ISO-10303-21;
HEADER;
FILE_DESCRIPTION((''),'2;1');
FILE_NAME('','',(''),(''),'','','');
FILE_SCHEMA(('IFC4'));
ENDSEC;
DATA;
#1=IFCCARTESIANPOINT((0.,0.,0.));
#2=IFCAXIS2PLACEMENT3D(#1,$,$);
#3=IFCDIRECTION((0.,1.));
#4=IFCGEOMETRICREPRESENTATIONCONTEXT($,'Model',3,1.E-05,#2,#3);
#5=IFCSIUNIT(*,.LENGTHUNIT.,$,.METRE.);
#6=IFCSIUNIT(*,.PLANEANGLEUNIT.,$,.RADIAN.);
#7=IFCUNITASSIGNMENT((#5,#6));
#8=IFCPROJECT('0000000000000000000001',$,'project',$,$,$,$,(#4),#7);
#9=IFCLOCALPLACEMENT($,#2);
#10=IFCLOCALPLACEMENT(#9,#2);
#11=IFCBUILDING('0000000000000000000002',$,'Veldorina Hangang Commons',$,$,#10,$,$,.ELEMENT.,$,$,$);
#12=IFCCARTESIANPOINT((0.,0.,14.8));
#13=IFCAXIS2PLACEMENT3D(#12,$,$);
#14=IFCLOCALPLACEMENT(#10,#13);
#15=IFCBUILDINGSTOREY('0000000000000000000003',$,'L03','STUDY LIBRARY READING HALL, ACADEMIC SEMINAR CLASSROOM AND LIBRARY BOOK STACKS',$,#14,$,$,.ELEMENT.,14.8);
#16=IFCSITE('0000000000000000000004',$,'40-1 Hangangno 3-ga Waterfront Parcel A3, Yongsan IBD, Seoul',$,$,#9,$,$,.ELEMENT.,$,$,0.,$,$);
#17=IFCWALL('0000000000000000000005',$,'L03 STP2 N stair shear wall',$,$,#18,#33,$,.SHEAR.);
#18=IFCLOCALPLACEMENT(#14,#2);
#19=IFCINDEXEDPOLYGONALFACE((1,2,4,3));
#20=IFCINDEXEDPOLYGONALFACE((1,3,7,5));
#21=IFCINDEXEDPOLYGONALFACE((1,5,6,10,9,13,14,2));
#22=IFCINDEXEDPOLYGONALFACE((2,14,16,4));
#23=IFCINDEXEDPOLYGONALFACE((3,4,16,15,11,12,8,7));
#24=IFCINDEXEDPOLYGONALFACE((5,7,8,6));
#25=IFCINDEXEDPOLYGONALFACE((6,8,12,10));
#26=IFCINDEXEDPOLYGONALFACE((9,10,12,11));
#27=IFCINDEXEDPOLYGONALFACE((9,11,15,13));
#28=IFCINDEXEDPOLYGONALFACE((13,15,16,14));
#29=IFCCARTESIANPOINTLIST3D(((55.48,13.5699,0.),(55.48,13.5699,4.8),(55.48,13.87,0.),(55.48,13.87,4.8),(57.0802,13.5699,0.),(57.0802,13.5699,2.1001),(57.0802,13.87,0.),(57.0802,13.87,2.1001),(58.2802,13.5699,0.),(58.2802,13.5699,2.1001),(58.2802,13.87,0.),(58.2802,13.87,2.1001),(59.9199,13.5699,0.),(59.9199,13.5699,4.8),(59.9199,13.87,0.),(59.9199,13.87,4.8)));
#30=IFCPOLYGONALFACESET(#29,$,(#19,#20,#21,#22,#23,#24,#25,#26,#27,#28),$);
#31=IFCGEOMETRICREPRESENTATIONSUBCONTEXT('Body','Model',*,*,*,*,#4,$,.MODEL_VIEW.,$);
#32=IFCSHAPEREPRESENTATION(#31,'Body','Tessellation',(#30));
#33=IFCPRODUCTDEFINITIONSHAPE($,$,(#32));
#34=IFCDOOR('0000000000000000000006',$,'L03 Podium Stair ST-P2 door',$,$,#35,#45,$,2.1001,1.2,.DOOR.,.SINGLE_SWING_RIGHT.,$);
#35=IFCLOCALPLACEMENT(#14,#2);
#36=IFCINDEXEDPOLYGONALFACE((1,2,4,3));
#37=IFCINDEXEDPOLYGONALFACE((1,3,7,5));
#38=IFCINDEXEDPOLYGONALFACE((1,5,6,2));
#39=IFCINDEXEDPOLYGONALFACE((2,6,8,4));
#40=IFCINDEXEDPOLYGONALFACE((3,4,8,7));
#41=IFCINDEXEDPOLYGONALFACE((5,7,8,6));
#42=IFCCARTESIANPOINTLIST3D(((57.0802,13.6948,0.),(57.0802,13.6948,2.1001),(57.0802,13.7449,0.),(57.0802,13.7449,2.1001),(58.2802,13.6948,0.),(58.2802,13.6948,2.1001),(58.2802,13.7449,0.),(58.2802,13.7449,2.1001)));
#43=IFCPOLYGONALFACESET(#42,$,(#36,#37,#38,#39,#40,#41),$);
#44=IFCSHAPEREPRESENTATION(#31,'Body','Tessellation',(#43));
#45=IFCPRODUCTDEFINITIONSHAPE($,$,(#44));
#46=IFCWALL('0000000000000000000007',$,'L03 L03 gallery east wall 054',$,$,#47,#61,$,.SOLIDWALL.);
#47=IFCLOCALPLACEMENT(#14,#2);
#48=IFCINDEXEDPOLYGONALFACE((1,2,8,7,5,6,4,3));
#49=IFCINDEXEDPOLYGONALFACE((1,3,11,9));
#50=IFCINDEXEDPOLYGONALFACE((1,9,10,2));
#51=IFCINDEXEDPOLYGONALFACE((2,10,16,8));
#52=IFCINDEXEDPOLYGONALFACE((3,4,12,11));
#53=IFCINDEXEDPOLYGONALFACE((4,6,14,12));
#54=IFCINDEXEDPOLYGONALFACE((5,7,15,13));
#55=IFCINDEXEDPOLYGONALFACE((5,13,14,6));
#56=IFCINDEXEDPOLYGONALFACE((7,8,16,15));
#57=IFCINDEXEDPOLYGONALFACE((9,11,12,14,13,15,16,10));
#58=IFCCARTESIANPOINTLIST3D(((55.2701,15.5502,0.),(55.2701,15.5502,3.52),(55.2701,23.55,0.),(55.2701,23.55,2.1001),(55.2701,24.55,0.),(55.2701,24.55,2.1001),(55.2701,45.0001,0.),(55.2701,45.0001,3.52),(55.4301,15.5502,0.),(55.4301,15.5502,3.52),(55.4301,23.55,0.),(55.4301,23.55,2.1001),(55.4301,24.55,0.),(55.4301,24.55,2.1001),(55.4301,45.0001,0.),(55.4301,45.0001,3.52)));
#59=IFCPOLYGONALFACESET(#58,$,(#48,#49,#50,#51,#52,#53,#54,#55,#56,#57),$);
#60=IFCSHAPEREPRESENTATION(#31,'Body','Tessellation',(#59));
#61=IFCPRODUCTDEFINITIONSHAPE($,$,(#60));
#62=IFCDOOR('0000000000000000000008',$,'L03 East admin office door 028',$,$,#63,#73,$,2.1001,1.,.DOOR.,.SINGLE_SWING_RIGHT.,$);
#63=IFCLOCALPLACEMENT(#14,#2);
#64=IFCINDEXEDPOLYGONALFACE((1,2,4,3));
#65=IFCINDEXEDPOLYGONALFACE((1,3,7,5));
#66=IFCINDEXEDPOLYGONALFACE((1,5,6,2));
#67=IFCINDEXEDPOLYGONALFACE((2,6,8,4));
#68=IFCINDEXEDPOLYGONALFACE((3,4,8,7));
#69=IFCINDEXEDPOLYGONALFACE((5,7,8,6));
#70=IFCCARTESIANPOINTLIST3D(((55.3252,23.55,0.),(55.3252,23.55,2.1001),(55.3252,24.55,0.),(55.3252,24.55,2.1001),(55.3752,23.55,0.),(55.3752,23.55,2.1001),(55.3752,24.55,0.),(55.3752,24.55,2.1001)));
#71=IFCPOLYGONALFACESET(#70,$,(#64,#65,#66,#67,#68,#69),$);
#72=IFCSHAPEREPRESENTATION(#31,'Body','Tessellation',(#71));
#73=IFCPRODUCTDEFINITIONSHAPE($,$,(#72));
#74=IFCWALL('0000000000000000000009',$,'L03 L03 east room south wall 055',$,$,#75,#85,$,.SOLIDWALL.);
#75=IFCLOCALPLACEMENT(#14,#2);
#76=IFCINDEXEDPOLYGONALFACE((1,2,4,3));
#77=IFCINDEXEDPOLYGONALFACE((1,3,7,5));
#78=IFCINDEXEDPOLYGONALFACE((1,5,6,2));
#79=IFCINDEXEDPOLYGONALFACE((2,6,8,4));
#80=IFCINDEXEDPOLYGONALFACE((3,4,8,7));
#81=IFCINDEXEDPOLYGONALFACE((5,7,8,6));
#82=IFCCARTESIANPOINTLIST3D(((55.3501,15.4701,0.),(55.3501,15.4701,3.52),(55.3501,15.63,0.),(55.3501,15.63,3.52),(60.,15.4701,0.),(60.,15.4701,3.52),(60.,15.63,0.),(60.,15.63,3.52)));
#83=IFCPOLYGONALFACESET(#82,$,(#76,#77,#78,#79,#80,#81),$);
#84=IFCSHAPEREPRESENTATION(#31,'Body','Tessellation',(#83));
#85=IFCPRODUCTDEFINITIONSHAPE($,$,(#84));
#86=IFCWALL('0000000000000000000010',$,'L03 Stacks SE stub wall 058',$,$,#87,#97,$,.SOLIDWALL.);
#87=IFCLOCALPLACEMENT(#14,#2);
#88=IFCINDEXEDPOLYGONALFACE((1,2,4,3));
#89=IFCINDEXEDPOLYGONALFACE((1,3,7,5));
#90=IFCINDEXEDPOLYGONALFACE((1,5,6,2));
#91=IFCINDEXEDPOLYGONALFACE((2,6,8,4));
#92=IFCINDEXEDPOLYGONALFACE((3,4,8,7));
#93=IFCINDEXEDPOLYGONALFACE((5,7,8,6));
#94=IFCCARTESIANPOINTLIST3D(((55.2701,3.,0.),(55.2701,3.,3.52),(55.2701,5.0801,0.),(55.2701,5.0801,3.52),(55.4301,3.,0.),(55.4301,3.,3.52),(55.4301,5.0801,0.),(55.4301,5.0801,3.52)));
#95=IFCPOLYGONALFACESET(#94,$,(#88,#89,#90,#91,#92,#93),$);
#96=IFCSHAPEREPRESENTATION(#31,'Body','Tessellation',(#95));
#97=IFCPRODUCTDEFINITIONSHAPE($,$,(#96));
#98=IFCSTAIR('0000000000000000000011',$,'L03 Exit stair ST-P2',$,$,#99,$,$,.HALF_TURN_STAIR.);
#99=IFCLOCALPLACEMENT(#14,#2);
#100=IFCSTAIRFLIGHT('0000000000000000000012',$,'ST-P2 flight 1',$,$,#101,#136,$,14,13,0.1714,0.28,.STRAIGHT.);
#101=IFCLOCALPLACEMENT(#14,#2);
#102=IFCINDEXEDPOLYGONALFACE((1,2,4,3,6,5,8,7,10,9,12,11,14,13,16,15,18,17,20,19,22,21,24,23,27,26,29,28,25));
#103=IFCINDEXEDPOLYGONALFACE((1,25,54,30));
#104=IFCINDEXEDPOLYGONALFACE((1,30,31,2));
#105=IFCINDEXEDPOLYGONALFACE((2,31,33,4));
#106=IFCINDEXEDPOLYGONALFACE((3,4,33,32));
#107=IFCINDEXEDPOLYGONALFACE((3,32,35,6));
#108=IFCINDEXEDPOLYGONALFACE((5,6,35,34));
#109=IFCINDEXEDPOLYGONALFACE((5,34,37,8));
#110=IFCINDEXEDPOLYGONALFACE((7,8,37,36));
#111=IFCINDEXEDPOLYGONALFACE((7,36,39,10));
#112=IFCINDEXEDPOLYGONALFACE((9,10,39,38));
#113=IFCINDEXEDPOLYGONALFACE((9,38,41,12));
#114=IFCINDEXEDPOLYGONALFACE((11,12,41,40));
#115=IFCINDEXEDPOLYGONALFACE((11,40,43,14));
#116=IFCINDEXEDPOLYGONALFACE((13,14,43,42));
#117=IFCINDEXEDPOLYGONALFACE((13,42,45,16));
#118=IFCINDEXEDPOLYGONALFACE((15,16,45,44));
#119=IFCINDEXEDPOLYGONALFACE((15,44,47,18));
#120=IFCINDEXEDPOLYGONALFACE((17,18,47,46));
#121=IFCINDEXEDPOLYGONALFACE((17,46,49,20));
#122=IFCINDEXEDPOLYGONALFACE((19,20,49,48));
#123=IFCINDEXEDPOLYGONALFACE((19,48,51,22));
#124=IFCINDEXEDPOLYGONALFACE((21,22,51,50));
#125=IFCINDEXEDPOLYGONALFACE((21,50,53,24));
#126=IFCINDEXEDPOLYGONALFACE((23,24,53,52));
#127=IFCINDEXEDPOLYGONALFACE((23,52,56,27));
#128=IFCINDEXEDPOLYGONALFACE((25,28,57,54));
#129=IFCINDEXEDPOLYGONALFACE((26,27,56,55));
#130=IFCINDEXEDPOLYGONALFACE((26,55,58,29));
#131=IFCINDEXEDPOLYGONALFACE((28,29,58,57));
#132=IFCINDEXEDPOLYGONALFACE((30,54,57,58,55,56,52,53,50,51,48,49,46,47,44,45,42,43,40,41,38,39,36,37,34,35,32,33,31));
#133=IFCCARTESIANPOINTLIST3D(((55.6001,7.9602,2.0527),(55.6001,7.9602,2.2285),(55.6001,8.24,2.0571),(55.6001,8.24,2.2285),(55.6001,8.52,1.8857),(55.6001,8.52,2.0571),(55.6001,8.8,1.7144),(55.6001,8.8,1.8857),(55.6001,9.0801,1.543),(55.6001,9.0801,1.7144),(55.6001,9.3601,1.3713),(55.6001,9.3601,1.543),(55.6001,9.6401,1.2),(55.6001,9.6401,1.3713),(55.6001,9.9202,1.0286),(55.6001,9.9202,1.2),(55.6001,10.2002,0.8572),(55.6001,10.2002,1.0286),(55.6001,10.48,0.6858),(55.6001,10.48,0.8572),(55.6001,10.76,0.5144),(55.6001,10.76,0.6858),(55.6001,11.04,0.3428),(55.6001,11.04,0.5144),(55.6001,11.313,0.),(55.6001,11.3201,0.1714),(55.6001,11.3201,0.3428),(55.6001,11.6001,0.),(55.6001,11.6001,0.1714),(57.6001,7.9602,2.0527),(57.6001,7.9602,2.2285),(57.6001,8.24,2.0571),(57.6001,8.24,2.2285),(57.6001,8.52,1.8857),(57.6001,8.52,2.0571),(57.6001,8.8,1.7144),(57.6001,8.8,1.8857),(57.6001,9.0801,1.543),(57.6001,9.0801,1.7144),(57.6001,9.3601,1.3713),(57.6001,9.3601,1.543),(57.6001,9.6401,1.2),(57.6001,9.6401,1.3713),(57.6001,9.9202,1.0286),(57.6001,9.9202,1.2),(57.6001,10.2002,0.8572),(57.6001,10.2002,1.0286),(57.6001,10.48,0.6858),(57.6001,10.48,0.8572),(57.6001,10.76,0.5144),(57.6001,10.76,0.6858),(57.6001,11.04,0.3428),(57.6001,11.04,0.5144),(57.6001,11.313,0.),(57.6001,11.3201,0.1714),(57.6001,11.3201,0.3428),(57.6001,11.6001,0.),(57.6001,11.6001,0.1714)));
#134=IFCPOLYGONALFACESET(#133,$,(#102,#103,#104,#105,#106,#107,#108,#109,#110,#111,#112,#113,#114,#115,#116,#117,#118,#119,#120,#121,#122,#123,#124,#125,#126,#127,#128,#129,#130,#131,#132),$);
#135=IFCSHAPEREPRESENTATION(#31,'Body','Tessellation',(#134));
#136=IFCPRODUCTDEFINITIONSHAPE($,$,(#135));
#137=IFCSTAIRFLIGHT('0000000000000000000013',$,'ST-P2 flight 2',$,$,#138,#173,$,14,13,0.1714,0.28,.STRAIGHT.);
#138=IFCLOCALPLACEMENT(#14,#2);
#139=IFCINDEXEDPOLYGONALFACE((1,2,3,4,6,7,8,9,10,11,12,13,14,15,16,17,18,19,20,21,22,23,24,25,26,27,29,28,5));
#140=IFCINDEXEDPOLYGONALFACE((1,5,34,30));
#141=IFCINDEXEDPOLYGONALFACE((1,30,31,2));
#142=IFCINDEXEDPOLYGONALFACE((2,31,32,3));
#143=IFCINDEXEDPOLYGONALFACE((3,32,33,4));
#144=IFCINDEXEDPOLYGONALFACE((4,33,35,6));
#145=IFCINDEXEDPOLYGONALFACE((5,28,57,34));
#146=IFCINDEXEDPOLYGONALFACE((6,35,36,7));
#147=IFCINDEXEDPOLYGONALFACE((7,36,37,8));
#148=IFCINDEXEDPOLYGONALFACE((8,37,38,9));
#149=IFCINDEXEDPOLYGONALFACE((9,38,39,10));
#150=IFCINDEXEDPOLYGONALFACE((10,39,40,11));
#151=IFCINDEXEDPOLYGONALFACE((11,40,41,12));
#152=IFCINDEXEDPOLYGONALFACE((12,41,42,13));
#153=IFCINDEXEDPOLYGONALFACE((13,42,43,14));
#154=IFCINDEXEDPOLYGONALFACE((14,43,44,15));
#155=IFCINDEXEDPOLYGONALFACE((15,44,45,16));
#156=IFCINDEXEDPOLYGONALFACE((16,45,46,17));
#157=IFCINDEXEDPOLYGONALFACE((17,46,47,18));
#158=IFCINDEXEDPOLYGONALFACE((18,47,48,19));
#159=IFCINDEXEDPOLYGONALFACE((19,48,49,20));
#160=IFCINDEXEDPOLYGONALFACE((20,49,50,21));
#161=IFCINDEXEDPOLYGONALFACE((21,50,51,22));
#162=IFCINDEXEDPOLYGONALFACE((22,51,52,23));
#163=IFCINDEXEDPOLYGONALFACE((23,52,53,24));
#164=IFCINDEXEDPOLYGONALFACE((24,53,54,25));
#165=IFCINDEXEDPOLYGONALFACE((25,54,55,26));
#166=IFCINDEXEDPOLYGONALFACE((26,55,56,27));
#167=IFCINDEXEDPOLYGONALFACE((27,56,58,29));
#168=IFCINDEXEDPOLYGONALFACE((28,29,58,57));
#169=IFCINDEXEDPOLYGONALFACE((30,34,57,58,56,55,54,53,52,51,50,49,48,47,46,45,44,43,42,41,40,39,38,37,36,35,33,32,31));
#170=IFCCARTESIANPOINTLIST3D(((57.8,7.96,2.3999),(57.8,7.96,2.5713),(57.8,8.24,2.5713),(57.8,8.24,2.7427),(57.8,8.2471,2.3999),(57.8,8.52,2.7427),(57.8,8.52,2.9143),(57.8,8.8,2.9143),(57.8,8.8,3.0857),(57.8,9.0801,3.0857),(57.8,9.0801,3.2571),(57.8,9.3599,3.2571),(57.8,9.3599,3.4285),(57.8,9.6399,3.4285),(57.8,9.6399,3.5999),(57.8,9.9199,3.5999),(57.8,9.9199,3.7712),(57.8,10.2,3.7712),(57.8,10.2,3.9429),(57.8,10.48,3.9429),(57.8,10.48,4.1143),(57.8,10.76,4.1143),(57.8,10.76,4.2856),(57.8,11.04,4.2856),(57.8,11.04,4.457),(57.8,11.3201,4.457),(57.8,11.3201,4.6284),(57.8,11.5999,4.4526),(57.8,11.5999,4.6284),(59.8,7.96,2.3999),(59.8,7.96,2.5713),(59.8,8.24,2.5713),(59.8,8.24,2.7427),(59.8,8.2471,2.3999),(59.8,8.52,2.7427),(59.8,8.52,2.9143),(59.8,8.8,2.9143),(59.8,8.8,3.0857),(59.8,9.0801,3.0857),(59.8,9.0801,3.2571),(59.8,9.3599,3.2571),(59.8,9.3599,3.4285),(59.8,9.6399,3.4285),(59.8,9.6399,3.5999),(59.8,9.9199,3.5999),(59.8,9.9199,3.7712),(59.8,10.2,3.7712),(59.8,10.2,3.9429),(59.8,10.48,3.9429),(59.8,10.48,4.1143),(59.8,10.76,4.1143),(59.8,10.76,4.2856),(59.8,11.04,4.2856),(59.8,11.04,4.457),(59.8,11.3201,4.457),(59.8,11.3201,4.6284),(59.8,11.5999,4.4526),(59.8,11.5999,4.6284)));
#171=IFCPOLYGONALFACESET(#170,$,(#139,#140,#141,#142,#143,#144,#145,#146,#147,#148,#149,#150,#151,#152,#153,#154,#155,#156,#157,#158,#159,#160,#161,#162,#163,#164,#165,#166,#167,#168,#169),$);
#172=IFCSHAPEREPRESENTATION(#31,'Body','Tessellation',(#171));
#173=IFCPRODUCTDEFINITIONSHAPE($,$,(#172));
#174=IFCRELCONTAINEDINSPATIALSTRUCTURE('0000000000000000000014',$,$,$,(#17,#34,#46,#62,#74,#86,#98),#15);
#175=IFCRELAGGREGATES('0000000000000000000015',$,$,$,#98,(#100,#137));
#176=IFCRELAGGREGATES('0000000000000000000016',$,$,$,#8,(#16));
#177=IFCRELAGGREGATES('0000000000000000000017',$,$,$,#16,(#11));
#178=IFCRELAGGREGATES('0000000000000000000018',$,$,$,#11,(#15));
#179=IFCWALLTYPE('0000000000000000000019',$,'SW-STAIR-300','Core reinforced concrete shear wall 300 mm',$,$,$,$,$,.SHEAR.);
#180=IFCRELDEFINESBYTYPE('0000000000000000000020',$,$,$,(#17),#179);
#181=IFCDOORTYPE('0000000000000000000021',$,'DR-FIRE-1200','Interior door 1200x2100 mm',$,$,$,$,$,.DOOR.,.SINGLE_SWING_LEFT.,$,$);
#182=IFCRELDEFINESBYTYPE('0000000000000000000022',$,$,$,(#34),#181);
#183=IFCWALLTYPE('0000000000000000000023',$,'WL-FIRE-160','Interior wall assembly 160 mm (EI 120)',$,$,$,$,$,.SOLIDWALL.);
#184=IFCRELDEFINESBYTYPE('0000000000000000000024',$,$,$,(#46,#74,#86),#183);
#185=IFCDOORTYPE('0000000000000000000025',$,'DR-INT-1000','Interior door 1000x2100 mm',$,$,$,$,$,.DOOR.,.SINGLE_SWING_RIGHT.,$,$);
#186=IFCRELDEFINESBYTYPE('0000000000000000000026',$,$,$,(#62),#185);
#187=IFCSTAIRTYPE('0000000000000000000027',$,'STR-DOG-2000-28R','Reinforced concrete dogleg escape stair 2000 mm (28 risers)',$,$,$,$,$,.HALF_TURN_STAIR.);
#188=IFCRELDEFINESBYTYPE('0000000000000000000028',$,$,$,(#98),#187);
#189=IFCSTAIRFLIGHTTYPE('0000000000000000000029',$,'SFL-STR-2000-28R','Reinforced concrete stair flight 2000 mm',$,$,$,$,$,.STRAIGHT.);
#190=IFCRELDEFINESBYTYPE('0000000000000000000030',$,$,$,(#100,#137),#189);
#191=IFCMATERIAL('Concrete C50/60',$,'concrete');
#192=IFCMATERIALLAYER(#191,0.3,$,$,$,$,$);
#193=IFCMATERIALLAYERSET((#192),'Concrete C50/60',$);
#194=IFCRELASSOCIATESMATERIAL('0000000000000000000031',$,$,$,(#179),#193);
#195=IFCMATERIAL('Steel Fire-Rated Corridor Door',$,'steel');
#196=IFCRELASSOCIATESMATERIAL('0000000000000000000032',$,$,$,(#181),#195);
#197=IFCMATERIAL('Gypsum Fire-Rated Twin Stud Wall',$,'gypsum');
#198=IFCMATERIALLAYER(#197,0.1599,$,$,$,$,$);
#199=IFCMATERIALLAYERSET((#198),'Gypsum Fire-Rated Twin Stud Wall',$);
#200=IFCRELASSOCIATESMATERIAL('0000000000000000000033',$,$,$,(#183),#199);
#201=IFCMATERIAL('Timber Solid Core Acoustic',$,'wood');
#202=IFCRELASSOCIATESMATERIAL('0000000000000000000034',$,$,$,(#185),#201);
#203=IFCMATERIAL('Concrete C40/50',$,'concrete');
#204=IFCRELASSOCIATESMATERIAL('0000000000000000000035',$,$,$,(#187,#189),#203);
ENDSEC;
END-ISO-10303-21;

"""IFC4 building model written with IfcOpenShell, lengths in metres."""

from ifc_helpers import new_model, si_unit, direction, frame, frame_2d, origin, place, context, subcontext, project, spatial, polyline, rectangle, outline, extrude, material, layer, layer_set, type_object, element, fill, aggregate, save


model = new_model("IFC4")

# Units and contexts
model_context = context("Model", 3, precision=1e-05, world=origin(), true_north=direction((0.0, 1.0)))
body_context = subcontext(model_context, "Body", "Model", "MODEL_VIEW")
ifc_project = project(units=[si_unit("LENGTHUNIT", "METRE"), si_unit("PLANEANGLEUNIT", "RADIAN")], contexts=[model_context])

# Site, building, storey
site_placement = place(None, origin())
site = spatial("IfcSite", under=ifc_project, at=site_placement, Name="40-1 Hangangno 3-ga Waterfront Parcel A3, Yongsan IBD, Seoul", CompositionType="ELEMENT", RefElevation=0.0)
building_placement = place(site_placement, origin())
building = spatial("IfcBuilding", under=site, at=building_placement, Name="Veldorina Hangang Commons", CompositionType="ELEMENT")
storey_placement = place(building_placement, frame((0.0, 0.0, 14.8)))
storey = spatial("IfcBuildingStorey", under=building, at=storey_placement, Name="L03", Description="STUDY LIBRARY READING HALL, ACADEMIC SEMINAR CLASSROOM AND LIBRARY BOOK STACKS", CompositionType="ELEMENT", Elevation=14.8)

# Shared definitions
ifc_material_1 = material(Name="Concrete C50/60", Category="concrete")
ifc_layer_1 = layer(ifc_material_1, 0.3)
ifc_layer_set_1 = layer_set([ifc_layer_1], Name="Concrete C50/60")
wall_type_1 = type_object("IfcWallType", Name="SW-STAIR-300", Description="Core reinforced concrete shear wall 300 mm", PredefinedType="SHEAR", material=ifc_layer_set_1)

# Walls, openings, doors
wall_1_placement = place(storey_placement, frame((55.48, 13.72, 0.0), z_axis=(0.0, 0.0, 1.0), x_axis=(1.0, 0.0, 0.0)))
wall_1 = element("IfcWall", 1, at=wall_1_placement, inside=storey, type_object=wall_type_1, Name="L03 STP2 N stair shear wall", PredefinedType="SHEAR", context=body_context, shape_type="SweptSolid", body=[
    extrude(rectangle(XDim=4.4399, YDim=0.3, at=frame_2d((2.22, 0.0))), origin(), (0.0, 0.0, 1.0), 4.8),
])
opening_1_placement = place(wall_1_placement, frame((1.6001, 0.0, 0.0)))
opening_1 = element("IfcOpeningElement", 2, at=opening_1_placement, cuts=wall_1, PredefinedType="OPENING", context=body_context, shape_type="SweptSolid", body=[
    extrude(rectangle(XDim=1.2, YDim=2.1001, at=frame_2d((0.6001, 1.05))), frame((0.0, 0.1602, 0.0), z_axis=(0.0, -1.0, 0.0), x_axis=(1.0, 0.0, 0.0)), (0.0, 0.0, 1.0), 0.3201),
])
ifc_material_2 = material(Name="Steel Fire-Rated Corridor Door", Category="steel")
door_type_1 = type_object("IfcDoorType", Name="DR-FIRE-1200", Description="Interior door 1200x2100 mm", OperationType="SINGLE_SWING_LEFT", PredefinedType="DOOR", material=ifc_material_2)
door_1_placement = place(opening_1_placement, origin())
door_1 = element("IfcDoor", 3, at=door_1_placement, inside=storey, type_object=door_type_1, Name="L03 Podium Stair ST-P2 door", OperationType="SINGLE_SWING_RIGHT", OverallHeight=2.1001, OverallWidth=1.2, PredefinedType="DOOR", context=body_context, shape_type="SweptSolid", body=[
    extrude(rectangle(XDim=1.2, YDim=2.1001, at=frame_2d((0.6001, 1.05))), frame((0.0, 0.0249, 0.0), z_axis=(0.0, -1.0, 0.0), x_axis=(1.0, 0.0, 0.0)), (0.0, 0.0, 1.0), 0.05),
])
fill(opening_1, door_1)
ifc_material_3 = material(Name="Gypsum Fire-Rated Twin Stud Wall", Category="gypsum")
ifc_layer_2 = layer(ifc_material_3, 0.1599)
ifc_layer_set_2 = layer_set([ifc_layer_2], Name="Gypsum Fire-Rated Twin Stud Wall")
wall_type_2 = type_object("IfcWallType", Name="WL-FIRE-160", Description="Interior wall assembly 160 mm (EI 120)", PredefinedType="SOLIDWALL", material=ifc_layer_set_2)
wall_2_placement = place(storey_placement, frame((55.3501, 15.55, 0.0), z_axis=(0.0, 0.0, 1.0), x_axis=(0.0, 1.0, 0.0)))
wall_2 = element("IfcWall", 4, at=wall_2_placement, inside=storey, type_object=wall_type_2, Name="L03 L03 gallery east wall 054", PredefinedType="SOLIDWALL", context=body_context, shape_type="SweptSolid", body=[
    extrude(rectangle(XDim=29.45, YDim=0.1599, at=frame_2d((14.7251, 0.0))), origin(), (0.0, 0.0, 1.0), 3.52),
])
opening_2_placement = place(wall_2_placement, frame((8.0, 0.0, 0.0)))
opening_2 = element("IfcOpeningElement", 5, at=opening_2_placement, cuts=wall_2, PredefinedType="OPENING", context=body_context, shape_type="SweptSolid", body=[
    extrude(rectangle(XDim=1.0, YDim=2.1001, at=frame_2d((0.5, 1.05))), frame((0.0, 0.0898, 0.0), z_axis=(0.0, -1.0, 0.0), x_axis=(1.0, 0.0, 0.0)), (0.0, 0.0, 1.0), 0.1799),
])
ifc_material_4 = material(Name="Timber Solid Core Acoustic", Category="wood")
door_type_2 = type_object("IfcDoorType", Name="DR-INT-1000", Description="Interior door 1000x2100 mm", OperationType="SINGLE_SWING_RIGHT", PredefinedType="DOOR", material=ifc_material_4)
door_2_placement = place(opening_2_placement, origin())
door_2 = element("IfcDoor", 6, at=door_2_placement, inside=storey, type_object=door_type_2, Name="L03 East admin office door 028", OperationType="SINGLE_SWING_RIGHT", OverallHeight=2.1001, OverallWidth=1.0, PredefinedType="DOOR", context=body_context, shape_type="SweptSolid", body=[
    extrude(rectangle(XDim=1.0, YDim=2.1001, at=frame_2d((0.5, 1.05))), frame((0.0, 0.0249, 0.0), z_axis=(0.0, -1.0, 0.0), x_axis=(1.0, 0.0, 0.0)), (0.0, 0.0, 1.0), 0.05),
])
fill(opening_2, door_2)

# Walls
wall_3_placement = place(storey_placement, frame((55.3501, 15.55, 0.0), z_axis=(0.0, 0.0, 1.0), x_axis=(1.0, 0.0, 0.0)))
element("IfcWall", 7, at=wall_3_placement, inside=storey, type_object=wall_type_2, Name="L03 L03 east room south wall 055", PredefinedType="SOLIDWALL", context=body_context, shape_type="SweptSolid", body=[
    extrude(rectangle(XDim=4.6499, YDim=0.1599, at=frame_2d((2.325, 0.0))), origin(), (0.0, 0.0, 1.0), 3.52),
])
wall_4_placement = place(storey_placement, frame((55.3501, 3.0, 0.0), z_axis=(0.0, 0.0, 1.0), x_axis=(0.0, 1.0, 0.0)))
element("IfcWall", 8, at=wall_4_placement, inside=storey, type_object=wall_type_2, Name="L03 Stacks SE stub wall 058", PredefinedType="SOLIDWALL", context=body_context, shape_type="SweptSolid", body=[
    extrude(rectangle(XDim=2.0801, YDim=0.1599, at=frame_2d((1.04, 0.0))), origin(), (0.0, 0.0, 1.0), 3.52),
])

# Stair, stair flights
ifc_material_5 = material(Name="Concrete C40/50", Category="concrete")
stair_type = type_object("IfcStairType", Name="STR-DOG-2000-28R", Description="Reinforced concrete dogleg escape stair 2000 mm (28 risers)", PredefinedType="HALF_TURN_STAIR", material=ifc_material_5)
stair_placement = place(storey_placement, origin())
stair = element("IfcStair", 9, at=stair_placement, inside=storey, type_object=stair_type, Name="L03 Exit stair ST-P2", PredefinedType="HALF_TURN_STAIR")
stair_flight_type = type_object("IfcStairFlightType", Name="SFL-STR-2000-28R", Description="Reinforced concrete stair flight 2000 mm", PredefinedType="STRAIGHT", material=ifc_material_5)
stair_flight_1_placement = place(storey_placement, frame((56.6001, 11.6001, 0.0), z_axis=(0.0, 0.0, 1.0), x_axis=(0.0, -1.0, 0.0)))
stair_flight_1 = element("IfcStairFlight", 10, at=stair_flight_1_placement, type_object=stair_flight_type, Name="ST-P2 flight 1", NumberOfRisers=14, NumberOfTreads=13, PredefinedType="STRAIGHT", RiserHeight=0.1714, TreadLength=0.28, context=body_context, shape_type="SweptSolid", body=[
    extrude(outline(polyline([(0.0, 0.0), (0.0, 0.1714), (0.28, 0.1714), (0.28, 0.3428), (0.5601, 0.3428), (0.5601, 0.5144), (0.8401, 0.5144), (0.8401, 0.6858), (1.1201, 0.6858), (1.1201, 0.8572), (1.3999, 0.8572), (1.3999, 1.0286), (1.6799, 1.0286), (1.6799, 1.2), (1.96, 1.2), (1.96, 1.3713), (2.24, 1.3713), (2.24, 1.543), (2.52, 1.543), (2.52, 1.7144), (2.8, 1.7144), (2.8, 1.8857), (3.0801, 1.8857), (3.0801, 2.0571), (3.3601, 2.0571), (3.3601, 2.2285), (3.6399, 2.2285), (3.6399, 2.3999), (3.6399, 2.0527), (0.2871, 0.0), (0.0, 0.0)])), frame((0.0, 1.0, 0.0), z_axis=(0.0, -1.0, 0.0), x_axis=(1.0, 0.0, 0.0)), (0.0, 0.0, 1.0), 2.0),
])
stair_flight_2_placement = place(storey_placement, frame((58.8, 7.96, 2.3999), z_axis=(0.0, 0.0, 1.0), x_axis=(0.0, 1.0, 0.0)))
stair_flight_2 = element("IfcStairFlight", 11, at=stair_flight_2_placement, type_object=stair_flight_type, Name="ST-P2 flight 2", NumberOfRisers=14, NumberOfTreads=13, PredefinedType="STRAIGHT", RiserHeight=0.1714, TreadLength=0.28, context=body_context, shape_type="SweptSolid", body=[
    extrude(outline(polyline([(0.0, 0.0), (0.0, 0.1714), (0.28, 0.1714), (0.28, 0.3428), (0.5601, 0.3428), (0.5601, 0.5144), (0.8401, 0.5144), (0.8401, 0.6858), (1.1201, 0.6858), (1.1201, 0.8572), (1.3999, 0.8572), (1.3999, 1.0286), (1.6799, 1.0286), (1.6799, 1.2), (1.96, 1.2), (1.96, 1.3713), (2.24, 1.3713), (2.24, 1.543), (2.52, 1.543), (2.52, 1.7144), (2.8, 1.7144), (2.8, 1.8857), (3.0801, 1.8857), (3.0801, 2.0571), (3.3601, 2.0571), (3.3601, 2.2285), (3.6399, 2.2285), (3.6399, 2.3999), (3.6399, 2.0527), (0.2871, 0.0), (0.0, 0.0)])), frame((0.0, 1.0, 0.0), z_axis=(0.0, -1.0, 0.0), x_axis=(1.0, 0.0, 0.0)), (0.0, 0.0, 1.0), 2.0),
])
aggregate(stair, [stair_flight_1, stair_flight_2])

save(model, "model.ifc")
